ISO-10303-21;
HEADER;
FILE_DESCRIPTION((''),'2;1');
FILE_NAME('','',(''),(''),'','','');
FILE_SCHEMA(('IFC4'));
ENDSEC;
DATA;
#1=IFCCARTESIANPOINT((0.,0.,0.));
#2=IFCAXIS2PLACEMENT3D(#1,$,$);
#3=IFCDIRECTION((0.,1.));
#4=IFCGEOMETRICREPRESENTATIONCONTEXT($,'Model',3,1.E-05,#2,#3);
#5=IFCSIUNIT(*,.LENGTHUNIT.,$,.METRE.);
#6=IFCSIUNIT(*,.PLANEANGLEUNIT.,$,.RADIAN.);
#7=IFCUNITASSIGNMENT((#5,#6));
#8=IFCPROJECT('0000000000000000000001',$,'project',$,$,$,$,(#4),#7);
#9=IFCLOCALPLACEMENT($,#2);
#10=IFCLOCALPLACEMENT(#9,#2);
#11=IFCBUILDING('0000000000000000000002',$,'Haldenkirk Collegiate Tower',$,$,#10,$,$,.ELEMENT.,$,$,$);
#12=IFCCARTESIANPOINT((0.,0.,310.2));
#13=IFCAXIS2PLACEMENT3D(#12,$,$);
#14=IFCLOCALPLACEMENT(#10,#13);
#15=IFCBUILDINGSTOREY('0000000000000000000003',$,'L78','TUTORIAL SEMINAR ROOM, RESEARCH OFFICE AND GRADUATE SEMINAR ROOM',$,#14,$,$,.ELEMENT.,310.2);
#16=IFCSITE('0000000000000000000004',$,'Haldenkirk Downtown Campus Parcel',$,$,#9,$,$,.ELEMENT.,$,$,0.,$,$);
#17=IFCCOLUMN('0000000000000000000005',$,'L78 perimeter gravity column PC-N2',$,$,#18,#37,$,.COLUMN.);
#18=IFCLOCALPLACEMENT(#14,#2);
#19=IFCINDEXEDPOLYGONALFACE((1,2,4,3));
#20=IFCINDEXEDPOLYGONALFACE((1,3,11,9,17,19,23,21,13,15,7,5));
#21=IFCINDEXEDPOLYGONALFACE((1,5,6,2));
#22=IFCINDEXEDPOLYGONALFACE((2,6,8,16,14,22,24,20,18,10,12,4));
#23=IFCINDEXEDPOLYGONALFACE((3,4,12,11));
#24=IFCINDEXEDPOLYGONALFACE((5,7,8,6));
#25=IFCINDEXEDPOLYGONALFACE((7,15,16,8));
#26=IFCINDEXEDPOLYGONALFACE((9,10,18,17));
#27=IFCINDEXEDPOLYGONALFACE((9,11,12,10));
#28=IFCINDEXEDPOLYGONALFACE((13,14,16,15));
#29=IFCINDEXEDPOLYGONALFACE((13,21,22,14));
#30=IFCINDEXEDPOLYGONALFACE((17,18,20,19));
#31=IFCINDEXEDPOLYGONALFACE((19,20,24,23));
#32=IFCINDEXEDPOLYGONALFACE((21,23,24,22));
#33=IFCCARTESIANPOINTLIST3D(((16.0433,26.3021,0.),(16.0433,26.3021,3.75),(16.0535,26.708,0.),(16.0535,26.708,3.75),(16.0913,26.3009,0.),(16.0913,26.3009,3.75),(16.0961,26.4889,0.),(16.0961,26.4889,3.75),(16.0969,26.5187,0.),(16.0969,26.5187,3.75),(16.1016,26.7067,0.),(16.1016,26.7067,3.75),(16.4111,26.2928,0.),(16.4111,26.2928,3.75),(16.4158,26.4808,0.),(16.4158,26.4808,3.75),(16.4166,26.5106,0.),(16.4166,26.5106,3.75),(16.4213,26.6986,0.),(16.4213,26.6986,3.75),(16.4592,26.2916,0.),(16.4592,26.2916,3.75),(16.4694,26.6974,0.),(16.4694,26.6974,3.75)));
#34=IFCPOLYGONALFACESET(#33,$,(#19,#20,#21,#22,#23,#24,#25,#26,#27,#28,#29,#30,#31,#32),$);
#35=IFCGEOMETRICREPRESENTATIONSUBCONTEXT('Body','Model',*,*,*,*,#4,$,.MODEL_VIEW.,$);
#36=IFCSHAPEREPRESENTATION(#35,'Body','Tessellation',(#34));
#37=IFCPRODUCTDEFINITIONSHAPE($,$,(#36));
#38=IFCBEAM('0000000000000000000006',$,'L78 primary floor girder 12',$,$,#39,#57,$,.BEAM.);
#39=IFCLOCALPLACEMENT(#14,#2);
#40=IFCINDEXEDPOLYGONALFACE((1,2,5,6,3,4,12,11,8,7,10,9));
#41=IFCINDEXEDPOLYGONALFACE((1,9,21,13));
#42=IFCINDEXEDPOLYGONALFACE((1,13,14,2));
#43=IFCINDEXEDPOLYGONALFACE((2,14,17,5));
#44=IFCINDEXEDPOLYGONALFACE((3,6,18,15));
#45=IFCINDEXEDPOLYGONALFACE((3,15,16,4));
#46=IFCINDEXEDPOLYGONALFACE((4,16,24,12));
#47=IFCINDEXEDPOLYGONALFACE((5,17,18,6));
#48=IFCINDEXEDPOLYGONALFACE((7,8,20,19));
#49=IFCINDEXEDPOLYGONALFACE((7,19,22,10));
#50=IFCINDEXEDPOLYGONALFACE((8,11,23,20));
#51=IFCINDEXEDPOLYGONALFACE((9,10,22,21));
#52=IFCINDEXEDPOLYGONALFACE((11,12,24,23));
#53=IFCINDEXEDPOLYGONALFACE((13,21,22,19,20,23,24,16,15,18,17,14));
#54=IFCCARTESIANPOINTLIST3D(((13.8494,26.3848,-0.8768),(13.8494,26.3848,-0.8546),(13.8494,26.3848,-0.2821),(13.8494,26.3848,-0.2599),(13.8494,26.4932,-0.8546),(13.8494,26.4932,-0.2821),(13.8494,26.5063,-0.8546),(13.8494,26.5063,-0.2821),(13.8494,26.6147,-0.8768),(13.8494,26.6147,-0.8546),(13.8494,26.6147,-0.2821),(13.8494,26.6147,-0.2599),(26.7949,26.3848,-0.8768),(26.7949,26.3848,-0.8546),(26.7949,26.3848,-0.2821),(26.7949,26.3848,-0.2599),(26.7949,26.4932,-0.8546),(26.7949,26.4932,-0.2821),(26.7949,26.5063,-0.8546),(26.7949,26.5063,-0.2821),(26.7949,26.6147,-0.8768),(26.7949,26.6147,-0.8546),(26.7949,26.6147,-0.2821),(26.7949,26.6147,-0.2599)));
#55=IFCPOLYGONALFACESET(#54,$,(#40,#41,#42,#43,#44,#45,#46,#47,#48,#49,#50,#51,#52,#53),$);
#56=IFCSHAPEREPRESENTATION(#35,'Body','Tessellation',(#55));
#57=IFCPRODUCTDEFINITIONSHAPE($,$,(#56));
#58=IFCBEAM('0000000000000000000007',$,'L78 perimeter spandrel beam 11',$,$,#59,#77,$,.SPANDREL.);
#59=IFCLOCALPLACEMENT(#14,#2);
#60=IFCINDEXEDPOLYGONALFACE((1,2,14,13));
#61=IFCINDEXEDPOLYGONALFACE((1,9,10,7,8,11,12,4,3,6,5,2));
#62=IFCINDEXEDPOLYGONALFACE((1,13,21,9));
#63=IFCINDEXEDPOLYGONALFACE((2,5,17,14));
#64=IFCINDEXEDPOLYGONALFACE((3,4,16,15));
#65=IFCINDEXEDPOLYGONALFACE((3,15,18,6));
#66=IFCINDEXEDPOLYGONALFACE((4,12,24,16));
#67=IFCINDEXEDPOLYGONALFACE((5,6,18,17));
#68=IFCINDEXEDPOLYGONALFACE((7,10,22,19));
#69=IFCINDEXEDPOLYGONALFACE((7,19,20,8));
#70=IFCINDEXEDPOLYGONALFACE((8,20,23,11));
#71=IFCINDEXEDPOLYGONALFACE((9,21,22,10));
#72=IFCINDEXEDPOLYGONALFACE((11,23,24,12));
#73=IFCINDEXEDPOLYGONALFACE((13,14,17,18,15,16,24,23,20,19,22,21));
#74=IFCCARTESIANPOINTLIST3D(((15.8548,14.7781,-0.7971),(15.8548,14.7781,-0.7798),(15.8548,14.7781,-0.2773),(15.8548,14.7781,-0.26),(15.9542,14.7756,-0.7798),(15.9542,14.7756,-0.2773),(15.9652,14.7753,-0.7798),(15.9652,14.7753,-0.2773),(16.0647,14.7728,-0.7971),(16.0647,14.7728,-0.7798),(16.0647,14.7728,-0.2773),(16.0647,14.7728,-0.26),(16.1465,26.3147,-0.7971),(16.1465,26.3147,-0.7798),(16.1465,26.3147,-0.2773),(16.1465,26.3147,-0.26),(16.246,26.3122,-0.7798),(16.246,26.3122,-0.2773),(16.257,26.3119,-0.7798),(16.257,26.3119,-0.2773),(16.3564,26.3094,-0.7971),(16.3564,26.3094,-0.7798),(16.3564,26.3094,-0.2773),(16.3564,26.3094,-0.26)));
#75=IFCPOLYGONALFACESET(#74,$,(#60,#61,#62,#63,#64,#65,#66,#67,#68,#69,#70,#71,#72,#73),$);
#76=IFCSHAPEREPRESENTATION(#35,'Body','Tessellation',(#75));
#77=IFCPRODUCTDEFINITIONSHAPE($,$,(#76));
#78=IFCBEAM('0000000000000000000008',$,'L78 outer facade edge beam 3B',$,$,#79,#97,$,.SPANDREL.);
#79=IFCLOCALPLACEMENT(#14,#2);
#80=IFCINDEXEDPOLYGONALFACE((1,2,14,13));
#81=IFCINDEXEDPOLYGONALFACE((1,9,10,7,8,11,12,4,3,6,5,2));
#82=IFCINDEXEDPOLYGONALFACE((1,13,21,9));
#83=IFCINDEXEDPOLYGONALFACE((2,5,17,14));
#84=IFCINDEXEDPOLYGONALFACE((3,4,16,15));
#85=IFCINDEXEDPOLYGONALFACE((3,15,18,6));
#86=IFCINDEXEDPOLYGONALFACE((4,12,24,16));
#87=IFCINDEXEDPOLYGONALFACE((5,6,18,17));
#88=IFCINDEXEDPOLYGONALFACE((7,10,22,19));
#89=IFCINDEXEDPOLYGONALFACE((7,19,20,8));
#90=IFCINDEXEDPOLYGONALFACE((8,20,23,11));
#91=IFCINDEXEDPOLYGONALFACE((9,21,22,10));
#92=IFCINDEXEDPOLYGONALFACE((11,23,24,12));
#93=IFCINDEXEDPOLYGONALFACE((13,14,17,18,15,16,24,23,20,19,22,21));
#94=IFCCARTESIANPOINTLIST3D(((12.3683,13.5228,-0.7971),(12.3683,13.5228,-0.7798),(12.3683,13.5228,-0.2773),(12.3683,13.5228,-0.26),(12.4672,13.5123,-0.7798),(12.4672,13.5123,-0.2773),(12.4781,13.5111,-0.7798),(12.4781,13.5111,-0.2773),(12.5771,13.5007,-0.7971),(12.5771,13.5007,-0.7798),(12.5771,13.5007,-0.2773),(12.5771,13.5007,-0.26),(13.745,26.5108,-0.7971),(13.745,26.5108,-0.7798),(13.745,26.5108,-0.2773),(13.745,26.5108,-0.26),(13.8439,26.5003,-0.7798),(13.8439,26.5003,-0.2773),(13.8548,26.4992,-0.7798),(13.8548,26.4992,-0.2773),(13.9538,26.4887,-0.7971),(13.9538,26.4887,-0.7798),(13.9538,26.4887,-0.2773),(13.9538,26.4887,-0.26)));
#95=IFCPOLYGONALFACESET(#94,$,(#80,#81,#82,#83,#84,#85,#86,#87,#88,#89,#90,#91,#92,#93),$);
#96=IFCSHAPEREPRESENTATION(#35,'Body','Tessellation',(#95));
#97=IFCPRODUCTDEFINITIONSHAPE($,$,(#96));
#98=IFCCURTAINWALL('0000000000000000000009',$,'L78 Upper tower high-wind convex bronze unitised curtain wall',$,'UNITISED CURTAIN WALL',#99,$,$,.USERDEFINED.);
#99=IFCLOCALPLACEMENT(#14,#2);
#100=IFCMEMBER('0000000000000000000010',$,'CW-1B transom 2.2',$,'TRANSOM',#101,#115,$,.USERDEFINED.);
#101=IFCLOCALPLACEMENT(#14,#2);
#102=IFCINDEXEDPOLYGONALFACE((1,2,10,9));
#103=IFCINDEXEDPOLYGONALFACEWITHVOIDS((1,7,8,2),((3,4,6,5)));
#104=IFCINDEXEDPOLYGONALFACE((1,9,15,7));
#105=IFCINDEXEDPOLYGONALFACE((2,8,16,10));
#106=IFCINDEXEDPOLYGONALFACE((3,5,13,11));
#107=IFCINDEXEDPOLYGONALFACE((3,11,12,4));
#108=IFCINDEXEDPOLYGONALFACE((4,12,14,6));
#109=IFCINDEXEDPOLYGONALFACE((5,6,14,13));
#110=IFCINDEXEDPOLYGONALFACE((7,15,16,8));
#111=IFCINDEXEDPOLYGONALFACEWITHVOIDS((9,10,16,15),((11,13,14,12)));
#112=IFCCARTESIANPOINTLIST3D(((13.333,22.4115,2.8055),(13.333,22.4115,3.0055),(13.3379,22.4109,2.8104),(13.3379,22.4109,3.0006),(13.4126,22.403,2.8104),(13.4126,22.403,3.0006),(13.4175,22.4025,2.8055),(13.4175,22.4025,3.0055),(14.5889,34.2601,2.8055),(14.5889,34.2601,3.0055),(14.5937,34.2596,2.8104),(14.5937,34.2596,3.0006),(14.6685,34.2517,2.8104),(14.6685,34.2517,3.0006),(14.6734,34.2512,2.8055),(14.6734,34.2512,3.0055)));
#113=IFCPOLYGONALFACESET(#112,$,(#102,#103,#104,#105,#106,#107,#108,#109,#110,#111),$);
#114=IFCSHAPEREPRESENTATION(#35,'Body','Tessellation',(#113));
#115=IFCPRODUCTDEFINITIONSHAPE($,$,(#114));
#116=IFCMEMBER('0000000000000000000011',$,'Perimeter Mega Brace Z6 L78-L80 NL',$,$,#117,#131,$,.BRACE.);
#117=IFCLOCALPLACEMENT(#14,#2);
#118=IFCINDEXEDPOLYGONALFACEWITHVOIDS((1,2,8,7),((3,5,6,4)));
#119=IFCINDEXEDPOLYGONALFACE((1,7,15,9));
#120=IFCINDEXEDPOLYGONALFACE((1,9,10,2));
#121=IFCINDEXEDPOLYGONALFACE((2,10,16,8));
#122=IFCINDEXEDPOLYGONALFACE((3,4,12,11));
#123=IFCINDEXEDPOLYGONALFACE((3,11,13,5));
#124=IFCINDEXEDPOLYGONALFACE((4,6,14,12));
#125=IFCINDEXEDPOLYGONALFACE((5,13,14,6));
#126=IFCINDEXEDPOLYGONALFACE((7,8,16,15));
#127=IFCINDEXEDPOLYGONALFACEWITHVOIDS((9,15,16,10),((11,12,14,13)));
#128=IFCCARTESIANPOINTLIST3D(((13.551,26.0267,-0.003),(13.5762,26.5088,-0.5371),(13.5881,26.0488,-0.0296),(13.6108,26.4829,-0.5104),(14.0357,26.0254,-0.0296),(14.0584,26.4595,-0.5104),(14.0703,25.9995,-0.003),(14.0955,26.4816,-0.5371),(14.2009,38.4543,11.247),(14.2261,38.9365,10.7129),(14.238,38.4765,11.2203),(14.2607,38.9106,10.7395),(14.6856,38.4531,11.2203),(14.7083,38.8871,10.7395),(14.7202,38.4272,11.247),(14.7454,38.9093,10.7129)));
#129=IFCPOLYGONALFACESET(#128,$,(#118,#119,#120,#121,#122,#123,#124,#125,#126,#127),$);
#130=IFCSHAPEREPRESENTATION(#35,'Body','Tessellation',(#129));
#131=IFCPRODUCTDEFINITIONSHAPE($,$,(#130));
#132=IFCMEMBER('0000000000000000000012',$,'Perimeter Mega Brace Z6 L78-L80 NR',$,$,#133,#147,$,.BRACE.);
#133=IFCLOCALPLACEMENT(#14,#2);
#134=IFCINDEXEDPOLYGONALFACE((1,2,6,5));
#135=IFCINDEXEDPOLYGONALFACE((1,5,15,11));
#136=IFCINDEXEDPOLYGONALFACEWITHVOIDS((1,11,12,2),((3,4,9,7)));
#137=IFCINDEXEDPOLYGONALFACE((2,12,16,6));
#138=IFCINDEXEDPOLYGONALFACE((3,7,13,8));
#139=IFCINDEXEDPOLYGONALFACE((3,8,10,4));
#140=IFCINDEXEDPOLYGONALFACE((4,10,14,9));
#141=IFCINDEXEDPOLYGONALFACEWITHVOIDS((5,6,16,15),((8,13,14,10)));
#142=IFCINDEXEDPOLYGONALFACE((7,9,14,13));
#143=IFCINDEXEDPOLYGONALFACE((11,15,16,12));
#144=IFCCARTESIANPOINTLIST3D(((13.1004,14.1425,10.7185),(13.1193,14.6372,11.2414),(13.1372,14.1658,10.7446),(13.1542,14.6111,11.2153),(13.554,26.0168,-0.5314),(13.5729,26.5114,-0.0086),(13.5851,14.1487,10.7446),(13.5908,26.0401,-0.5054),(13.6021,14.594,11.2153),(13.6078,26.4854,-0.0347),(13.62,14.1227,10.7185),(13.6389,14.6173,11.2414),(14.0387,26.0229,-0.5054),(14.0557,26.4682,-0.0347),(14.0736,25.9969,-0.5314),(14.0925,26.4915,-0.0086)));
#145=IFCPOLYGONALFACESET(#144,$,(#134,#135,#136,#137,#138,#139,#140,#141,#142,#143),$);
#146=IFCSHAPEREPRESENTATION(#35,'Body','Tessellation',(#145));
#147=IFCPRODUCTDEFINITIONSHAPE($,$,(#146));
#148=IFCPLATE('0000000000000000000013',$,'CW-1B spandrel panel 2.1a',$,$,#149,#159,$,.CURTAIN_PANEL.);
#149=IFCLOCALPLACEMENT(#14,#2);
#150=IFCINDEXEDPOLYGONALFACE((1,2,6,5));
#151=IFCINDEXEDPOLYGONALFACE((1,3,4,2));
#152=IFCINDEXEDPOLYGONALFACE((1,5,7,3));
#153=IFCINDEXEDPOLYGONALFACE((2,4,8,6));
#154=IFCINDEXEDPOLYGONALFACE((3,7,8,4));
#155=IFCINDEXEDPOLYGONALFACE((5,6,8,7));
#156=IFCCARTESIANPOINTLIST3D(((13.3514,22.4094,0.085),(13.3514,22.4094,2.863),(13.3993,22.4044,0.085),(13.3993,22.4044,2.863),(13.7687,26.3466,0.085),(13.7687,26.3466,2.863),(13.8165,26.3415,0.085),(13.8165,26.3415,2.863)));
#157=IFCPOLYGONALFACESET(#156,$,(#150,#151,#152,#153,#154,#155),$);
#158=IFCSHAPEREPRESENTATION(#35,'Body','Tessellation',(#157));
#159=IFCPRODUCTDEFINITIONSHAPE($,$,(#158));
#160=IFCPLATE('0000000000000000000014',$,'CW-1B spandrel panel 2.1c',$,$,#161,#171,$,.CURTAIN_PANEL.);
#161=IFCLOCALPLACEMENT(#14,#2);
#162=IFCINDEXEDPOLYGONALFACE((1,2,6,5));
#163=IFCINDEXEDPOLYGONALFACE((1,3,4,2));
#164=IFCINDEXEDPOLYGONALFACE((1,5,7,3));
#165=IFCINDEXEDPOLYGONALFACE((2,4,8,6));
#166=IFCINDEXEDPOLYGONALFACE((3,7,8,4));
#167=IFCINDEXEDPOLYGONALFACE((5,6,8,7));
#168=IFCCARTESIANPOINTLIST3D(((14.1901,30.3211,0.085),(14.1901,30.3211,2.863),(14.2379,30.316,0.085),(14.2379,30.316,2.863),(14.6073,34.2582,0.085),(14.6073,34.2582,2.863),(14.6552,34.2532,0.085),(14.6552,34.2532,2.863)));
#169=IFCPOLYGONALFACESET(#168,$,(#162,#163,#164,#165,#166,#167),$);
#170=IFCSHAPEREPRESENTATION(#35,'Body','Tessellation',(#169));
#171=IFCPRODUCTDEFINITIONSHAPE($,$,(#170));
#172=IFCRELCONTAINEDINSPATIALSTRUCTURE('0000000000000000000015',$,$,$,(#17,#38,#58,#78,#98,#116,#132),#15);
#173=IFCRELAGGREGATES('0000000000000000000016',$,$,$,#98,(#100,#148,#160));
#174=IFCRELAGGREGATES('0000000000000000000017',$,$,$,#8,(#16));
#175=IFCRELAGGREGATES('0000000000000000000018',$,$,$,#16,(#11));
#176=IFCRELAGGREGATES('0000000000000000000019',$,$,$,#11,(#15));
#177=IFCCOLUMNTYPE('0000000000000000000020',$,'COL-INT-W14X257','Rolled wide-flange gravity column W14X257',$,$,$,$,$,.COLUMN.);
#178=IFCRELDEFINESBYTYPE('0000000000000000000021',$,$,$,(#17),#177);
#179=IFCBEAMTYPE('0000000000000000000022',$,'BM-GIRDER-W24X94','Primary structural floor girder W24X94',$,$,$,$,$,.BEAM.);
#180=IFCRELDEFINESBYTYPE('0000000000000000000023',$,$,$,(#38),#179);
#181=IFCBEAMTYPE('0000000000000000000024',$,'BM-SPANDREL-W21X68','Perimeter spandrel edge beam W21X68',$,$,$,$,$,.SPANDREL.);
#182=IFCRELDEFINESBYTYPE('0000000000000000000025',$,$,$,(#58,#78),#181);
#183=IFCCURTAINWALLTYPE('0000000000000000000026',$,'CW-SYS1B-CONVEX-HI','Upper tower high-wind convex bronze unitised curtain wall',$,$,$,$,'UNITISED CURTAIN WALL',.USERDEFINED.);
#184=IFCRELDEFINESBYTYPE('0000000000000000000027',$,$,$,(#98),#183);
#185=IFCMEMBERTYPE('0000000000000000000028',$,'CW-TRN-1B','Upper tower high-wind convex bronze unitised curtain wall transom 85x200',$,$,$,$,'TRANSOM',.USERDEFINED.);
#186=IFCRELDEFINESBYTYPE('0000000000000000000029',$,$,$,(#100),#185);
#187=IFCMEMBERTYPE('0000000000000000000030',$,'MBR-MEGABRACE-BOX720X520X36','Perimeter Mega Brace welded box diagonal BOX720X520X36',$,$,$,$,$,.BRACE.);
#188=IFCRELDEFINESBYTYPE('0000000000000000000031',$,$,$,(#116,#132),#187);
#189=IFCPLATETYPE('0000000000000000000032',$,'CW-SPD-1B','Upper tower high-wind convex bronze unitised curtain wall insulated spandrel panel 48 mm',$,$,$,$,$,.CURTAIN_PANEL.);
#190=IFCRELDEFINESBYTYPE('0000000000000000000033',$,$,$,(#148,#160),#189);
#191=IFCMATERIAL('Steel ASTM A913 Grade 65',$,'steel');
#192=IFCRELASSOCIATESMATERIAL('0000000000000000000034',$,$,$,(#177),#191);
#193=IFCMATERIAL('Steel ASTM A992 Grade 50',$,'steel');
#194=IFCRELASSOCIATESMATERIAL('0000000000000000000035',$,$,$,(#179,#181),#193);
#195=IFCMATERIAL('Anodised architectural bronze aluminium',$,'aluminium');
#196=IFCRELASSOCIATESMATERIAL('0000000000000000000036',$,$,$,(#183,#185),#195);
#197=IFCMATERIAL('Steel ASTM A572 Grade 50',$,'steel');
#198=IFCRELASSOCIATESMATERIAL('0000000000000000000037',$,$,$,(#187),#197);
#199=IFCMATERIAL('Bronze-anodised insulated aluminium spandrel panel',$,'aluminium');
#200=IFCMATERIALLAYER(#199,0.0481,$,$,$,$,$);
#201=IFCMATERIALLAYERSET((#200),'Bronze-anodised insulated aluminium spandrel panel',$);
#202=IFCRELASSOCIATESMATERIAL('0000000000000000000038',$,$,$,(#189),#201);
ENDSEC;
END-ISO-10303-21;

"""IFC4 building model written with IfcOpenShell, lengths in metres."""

from ifc_helpers import new_model, si_unit, direction, frame, origin, origin_2d, place, context, subcontext, project, spatial, rectangle, hollow_rectangle, i_section, extrude, source, transform, mapped, material, layer, layer_set, material_profile, profile_set, type_object, element, aggregate, save


model = new_model("IFC4")

# Units and contexts
model_context = context("Model", 3, precision=1e-05, world=origin(), true_north=direction((0.0, 1.0)))
body_context = subcontext(model_context, "Body", "Model", "MODEL_VIEW")
ifc_project = project(units=[si_unit("LENGTHUNIT", "METRE"), si_unit("PLANEANGLEUNIT", "RADIAN")], contexts=[model_context])

# Site, building, storey
site_placement = place(None, origin())
site = spatial("IfcSite", under=ifc_project, at=site_placement, Name="Haldenkirk Downtown Campus Parcel", CompositionType="ELEMENT", RefElevation=0.0)
building_placement = place(site_placement, origin())
building = spatial("IfcBuilding", under=site, at=building_placement, Name="Haldenkirk Collegiate Tower", CompositionType="ELEMENT")
storey_placement = place(building_placement, frame((0.0, 0.0, 310.2)))
storey = spatial("IfcBuildingStorey", under=building, at=storey_placement, Name="L78", Description="TUTORIAL SEMINAR ROOM, RESEARCH OFFICE AND GRADUATE SEMINAR ROOM", CompositionType="ELEMENT", Elevation=310.2)

# Column
ifc_material_1 = material(Name="Steel ASTM A913 Grade 65", Category="steel")
ifc_material_profile_1 = material_profile(ifc_material_1, i_section(OverallWidth=0.406, OverallDepth=0.416, WebThickness=0.0298, FlangeThickness=0.0481, at=origin_2d()), Name="W14X257")
ifc_profile_set_1 = profile_set([ifc_material_profile_1], Name="Steel ASTM A913 Grade 65")
column_type = type_object("IfcColumnType", Name="COL-INT-W14X257", Description="Rolled wide-flange gravity column W14X257", PredefinedType="COLUMN", material=ifc_profile_set_1)
column_placement = place(storey_placement, frame((16.2563, 26.4998, 0.0), z_axis=(0.0, 0.0, 1.0), x_axis=(0.025305, 0.99968, 0.0)))
element("IfcColumn", 1, at=column_placement, inside=storey, type_object=column_type, Name="L78 perimeter gravity column PC-N2", PredefinedType="COLUMN", context=body_context, shape_type="SweptSolid", body=[
    extrude(i_section(OverallWidth=0.406, OverallDepth=0.416, WebThickness=0.0298, FlangeThickness=0.0481, at=origin_2d()), origin(), (0.0, 0.0, 1.0), 3.75),
])

# Beams
ifc_material_2 = material(Name="Steel ASTM A992 Grade 50", Category="steel")
ifc_material_profile_2 = material_profile(ifc_material_2, i_section(OverallWidth=0.23, OverallDepth=0.6169, WebThickness=0.0132, FlangeThickness=0.0222, at=origin_2d()), Name="W24X94")
ifc_profile_set_2 = profile_set([ifc_material_profile_2], Name="Steel ASTM A992 Grade 50")
beam_type_1 = type_object("IfcBeamType", Name="BM-GIRDER-W24X94", Description="Primary structural floor girder W24X94", PredefinedType="BEAM", material=ifc_profile_set_2)
beam_1_placement = place(storey_placement, frame((13.8494, 26.4998, -0.5684), z_axis=(1.0, 0.0, 0.0), x_axis=(0.0, 1.0, 0.0)))
element("IfcBeam", 2, at=beam_1_placement, inside=storey, type_object=beam_type_1, Name="L78 primary floor girder 12", PredefinedType="BEAM", context=body_context, shape_type="SweptSolid", body=[
    extrude(i_section(OverallWidth=0.23, OverallDepth=0.6169, WebThickness=0.0132, FlangeThickness=0.0222, at=origin_2d()), origin(), (0.0, 0.0, 1.0), 12.9456),
])
ifc_material_profile_3 = material_profile(ifc_material_2, i_section(OverallWidth=0.21, OverallDepth=0.5371, WebThickness=0.011, FlangeThickness=0.0173, at=origin_2d()), Name="W21X68")
ifc_profile_set_3 = profile_set([ifc_material_profile_3], Name="Steel ASTM A992 Grade 50")
beam_type_2 = type_object("IfcBeamType", Name="BM-SPANDREL-W21X68", Description="Perimeter spandrel edge beam W21X68", PredefinedType="SPANDREL", material=ifc_profile_set_3)
beam_2_placement = place(storey_placement, frame((16.2515, 26.312, -0.5286), z_axis=(-0.025281, -0.99968, 0.0), x_axis=(0.99968, -0.025281, 0.0)))
element("IfcBeam", 3, at=beam_2_placement, inside=storey, type_object=beam_type_2, Name="L78 perimeter spandrel beam 11", PredefinedType="SPANDREL", context=body_context, shape_type="SweptSolid", body=[
    extrude(i_section(OverallWidth=0.21, OverallDepth=0.5371, WebThickness=0.011, FlangeThickness=0.0173, at=origin_2d()), origin(), (0.0, 0.0, 1.0), 11.5403),
])
beam_3_placement = place(storey_placement, frame((13.8494, 26.4998, -0.5286), z_axis=(-0.105408, -0.994429, 0.0), x_axis=(0.994429, -0.105408, 0.0)))
element("IfcBeam", 4, at=beam_3_placement, inside=storey, type_object=beam_type_2, Name="L78 outer facade edge beam 3B", PredefinedType="SPANDREL", context=body_context, shape_type="SweptSolid", body=[
    extrude(i_section(OverallWidth=0.21, OverallDepth=0.5371, WebThickness=0.011, FlangeThickness=0.0173, at=origin_2d()), origin(), (0.0, 0.0, 1.0), 13.0608),
])

# Curtain wall, member
ifc_material_3 = material(Name="Anodised architectural bronze aluminium", Category="aluminium")
curtain_wall_type = type_object("IfcCurtainWallType", Name="CW-SYS1B-CONVEX-HI", Description="Upper tower high-wind convex bronze unitised curtain wall", ElementType="UNITISED CURTAIN WALL", PredefinedType="USERDEFINED", material=ifc_material_3)
curtain_wall_placement = place(storey_placement, origin())
curtain_wall = element("IfcCurtainWall", 5, at=curtain_wall_placement, inside=storey, type_object=curtain_wall_type, Name="L78 Upper tower high-wind convex bronze unitised curtain wall", ObjectType="UNITISED CURTAIN WALL", PredefinedType="USERDEFINED")
ifc_material_profile_4 = material_profile(ifc_material_3, hollow_rectangle(XDim=0.085, YDim=0.2, WallThickness=0.0049, at=origin_2d()), Name="CW-TRN-1B")
ifc_profile_set_4 = profile_set([ifc_material_profile_4], Name="Anodised architectural bronze aluminium")
member_type_1 = type_object("IfcMemberType", Name="CW-TRN-1B", Description="Upper tower high-wind convex bronze unitised curtain wall transom 85x200", ElementType="TRANSOM", PredefinedType="USERDEFINED", material=ifc_profile_set_4)
member_1_placement = place(storey_placement, frame((13.3752, 22.407, 2.9055), z_axis=(0.105402, 0.99443, 0.0), x_axis=(-0.99443, 0.105402, 0.0)))
member_1 = element("IfcMember", 6, at=member_1_placement, type_object=member_type_1, Name="CW-1B transom 2.2", ObjectType="TRANSOM", PredefinedType="USERDEFINED", context=body_context, shape_type="SweptSolid", body=[
    extrude(hollow_rectangle(XDim=0.085, YDim=0.2, WallThickness=0.0049, at=origin_2d()), origin(), (0.0, 0.0, 1.0), 11.915),
])

# Members
ifc_material_4 = material(Name="Steel ASTM A572 Grade 50", Category="steel")
ifc_material_profile_5 = material_profile(ifc_material_4, hollow_rectangle(XDim=0.52, YDim=0.72, WallThickness=0.0359, at=origin_2d()), Name="BOX720X520X36")
ifc_profile_set_5 = profile_set([ifc_material_profile_5], Name="Steel ASTM A572 Grade 50")
member_type_2 = type_object("IfcMemberType", Name="MBR-MEGABRACE-BOX720X520X36", Description="Perimeter Mega Brace welded box diagonal BOX720X520X36", PredefinedType="BRACE", material=ifc_profile_set_5)
member_2_placement = place(storey_placement, frame((13.8232, 26.2542, -0.27), z_axis=(0.03874, 0.740805, 0.670602), x_axis=(-0.998635, 0.052223, 0.0)))
element("IfcMember", 7, at=member_2_placement, inside=storey, type_object=member_type_2, Name="Perimeter Mega Brace Z6 L78-L80 NL", PredefinedType="BRACE", context=body_context, shape_type="SweptSolid", body=[
    extrude(hollow_rectangle(XDim=0.52, YDim=0.72, WallThickness=0.0359, at=origin_2d()), origin(), (0.0, 0.0, 1.0), 16.7759),
])
member_3_placement = place(storey_placement, frame((13.8232, 26.2542, -0.27), z_axis=(-0.027721, -0.725653, 0.687503), x_axis=(0.999271, -0.038174, 0.0)))
element("IfcMember", 8, at=member_3_placement, inside=storey, type_object=member_type_2, Name="Perimeter Mega Brace Z6 L78-L80 NR", PredefinedType="BRACE", context=body_context, shape_type="SweptSolid", body=[
    extrude(hollow_rectangle(XDim=0.52, YDim=0.72, WallThickness=0.0359, at=origin_2d()), origin(), (0.0, 0.0, 1.0), 16.3635),
])

# Plates
ifc_material_5 = material(Name="Bronze-anodised insulated aluminium spandrel panel", Category="aluminium")
ifc_layer_1 = layer(ifc_material_5, 0.0481)
ifc_layer_set_1 = layer_set([ifc_layer_1], Name="Bronze-anodised insulated aluminium spandrel panel")
plate_type = type_object("IfcPlateType", Name="CW-SPD-1B", Description="Upper tower high-wind convex bronze unitised curtain wall insulated spandrel panel 48 mm", PredefinedType="CURTAIN_PANEL", material=ifc_layer_set_1)
shared_shape_1 = source(origin(), body_context, "Body", "SweptSolid", [
    extrude(rectangle(XDim=3.9592, YDim=0.0481, at=origin_2d()), origin(), (0.0, 0.0, 1.0), 2.7781),
])
plate_1_placement = place(storey_placement, frame((13.584, 24.3755, 0.085), z_axis=(0.0, 0.0, 1.0), x_axis=(0.105394, 0.99443, 0.0)))
plate_1 = element("IfcPlate", 9, at=plate_1_placement, type_object=plate_type, Name="CW-1B spandrel panel 2.1a", PredefinedType="CURTAIN_PANEL", context=body_context, shape_type="MappedRepresentation", body=[
    mapped(shared_shape_1, transform((0.0, 0.0, 0.0), x_axis=(1.0, 0.0, 0.0), y_axis=(0.0, 1.0, 0.0), z_axis=(0.0, 0.0, 1.0), scale=1.0)),
])
plate_2_placement = place(storey_placement, frame((14.4226, 32.2871, 0.085), z_axis=(0.0, 0.0, 1.0), x_axis=(0.105394, 0.99443, 0.0)))
plate_2 = element("IfcPlate", 10, at=plate_2_placement, type_object=plate_type, Name="CW-1B spandrel panel 2.1c", PredefinedType="CURTAIN_PANEL", context=body_context, shape_type="MappedRepresentation", body=[
    mapped(shared_shape_1, transform((0.0, 0.0, 0.0), x_axis=(1.0, 0.0, 0.0), y_axis=(0.0, 1.0, 0.0), z_axis=(0.0, 0.0, 1.0), scale=1.0)),
])
aggregate(curtain_wall, [member_1, plate_1, plate_2])

save(model, "model.ifc")
